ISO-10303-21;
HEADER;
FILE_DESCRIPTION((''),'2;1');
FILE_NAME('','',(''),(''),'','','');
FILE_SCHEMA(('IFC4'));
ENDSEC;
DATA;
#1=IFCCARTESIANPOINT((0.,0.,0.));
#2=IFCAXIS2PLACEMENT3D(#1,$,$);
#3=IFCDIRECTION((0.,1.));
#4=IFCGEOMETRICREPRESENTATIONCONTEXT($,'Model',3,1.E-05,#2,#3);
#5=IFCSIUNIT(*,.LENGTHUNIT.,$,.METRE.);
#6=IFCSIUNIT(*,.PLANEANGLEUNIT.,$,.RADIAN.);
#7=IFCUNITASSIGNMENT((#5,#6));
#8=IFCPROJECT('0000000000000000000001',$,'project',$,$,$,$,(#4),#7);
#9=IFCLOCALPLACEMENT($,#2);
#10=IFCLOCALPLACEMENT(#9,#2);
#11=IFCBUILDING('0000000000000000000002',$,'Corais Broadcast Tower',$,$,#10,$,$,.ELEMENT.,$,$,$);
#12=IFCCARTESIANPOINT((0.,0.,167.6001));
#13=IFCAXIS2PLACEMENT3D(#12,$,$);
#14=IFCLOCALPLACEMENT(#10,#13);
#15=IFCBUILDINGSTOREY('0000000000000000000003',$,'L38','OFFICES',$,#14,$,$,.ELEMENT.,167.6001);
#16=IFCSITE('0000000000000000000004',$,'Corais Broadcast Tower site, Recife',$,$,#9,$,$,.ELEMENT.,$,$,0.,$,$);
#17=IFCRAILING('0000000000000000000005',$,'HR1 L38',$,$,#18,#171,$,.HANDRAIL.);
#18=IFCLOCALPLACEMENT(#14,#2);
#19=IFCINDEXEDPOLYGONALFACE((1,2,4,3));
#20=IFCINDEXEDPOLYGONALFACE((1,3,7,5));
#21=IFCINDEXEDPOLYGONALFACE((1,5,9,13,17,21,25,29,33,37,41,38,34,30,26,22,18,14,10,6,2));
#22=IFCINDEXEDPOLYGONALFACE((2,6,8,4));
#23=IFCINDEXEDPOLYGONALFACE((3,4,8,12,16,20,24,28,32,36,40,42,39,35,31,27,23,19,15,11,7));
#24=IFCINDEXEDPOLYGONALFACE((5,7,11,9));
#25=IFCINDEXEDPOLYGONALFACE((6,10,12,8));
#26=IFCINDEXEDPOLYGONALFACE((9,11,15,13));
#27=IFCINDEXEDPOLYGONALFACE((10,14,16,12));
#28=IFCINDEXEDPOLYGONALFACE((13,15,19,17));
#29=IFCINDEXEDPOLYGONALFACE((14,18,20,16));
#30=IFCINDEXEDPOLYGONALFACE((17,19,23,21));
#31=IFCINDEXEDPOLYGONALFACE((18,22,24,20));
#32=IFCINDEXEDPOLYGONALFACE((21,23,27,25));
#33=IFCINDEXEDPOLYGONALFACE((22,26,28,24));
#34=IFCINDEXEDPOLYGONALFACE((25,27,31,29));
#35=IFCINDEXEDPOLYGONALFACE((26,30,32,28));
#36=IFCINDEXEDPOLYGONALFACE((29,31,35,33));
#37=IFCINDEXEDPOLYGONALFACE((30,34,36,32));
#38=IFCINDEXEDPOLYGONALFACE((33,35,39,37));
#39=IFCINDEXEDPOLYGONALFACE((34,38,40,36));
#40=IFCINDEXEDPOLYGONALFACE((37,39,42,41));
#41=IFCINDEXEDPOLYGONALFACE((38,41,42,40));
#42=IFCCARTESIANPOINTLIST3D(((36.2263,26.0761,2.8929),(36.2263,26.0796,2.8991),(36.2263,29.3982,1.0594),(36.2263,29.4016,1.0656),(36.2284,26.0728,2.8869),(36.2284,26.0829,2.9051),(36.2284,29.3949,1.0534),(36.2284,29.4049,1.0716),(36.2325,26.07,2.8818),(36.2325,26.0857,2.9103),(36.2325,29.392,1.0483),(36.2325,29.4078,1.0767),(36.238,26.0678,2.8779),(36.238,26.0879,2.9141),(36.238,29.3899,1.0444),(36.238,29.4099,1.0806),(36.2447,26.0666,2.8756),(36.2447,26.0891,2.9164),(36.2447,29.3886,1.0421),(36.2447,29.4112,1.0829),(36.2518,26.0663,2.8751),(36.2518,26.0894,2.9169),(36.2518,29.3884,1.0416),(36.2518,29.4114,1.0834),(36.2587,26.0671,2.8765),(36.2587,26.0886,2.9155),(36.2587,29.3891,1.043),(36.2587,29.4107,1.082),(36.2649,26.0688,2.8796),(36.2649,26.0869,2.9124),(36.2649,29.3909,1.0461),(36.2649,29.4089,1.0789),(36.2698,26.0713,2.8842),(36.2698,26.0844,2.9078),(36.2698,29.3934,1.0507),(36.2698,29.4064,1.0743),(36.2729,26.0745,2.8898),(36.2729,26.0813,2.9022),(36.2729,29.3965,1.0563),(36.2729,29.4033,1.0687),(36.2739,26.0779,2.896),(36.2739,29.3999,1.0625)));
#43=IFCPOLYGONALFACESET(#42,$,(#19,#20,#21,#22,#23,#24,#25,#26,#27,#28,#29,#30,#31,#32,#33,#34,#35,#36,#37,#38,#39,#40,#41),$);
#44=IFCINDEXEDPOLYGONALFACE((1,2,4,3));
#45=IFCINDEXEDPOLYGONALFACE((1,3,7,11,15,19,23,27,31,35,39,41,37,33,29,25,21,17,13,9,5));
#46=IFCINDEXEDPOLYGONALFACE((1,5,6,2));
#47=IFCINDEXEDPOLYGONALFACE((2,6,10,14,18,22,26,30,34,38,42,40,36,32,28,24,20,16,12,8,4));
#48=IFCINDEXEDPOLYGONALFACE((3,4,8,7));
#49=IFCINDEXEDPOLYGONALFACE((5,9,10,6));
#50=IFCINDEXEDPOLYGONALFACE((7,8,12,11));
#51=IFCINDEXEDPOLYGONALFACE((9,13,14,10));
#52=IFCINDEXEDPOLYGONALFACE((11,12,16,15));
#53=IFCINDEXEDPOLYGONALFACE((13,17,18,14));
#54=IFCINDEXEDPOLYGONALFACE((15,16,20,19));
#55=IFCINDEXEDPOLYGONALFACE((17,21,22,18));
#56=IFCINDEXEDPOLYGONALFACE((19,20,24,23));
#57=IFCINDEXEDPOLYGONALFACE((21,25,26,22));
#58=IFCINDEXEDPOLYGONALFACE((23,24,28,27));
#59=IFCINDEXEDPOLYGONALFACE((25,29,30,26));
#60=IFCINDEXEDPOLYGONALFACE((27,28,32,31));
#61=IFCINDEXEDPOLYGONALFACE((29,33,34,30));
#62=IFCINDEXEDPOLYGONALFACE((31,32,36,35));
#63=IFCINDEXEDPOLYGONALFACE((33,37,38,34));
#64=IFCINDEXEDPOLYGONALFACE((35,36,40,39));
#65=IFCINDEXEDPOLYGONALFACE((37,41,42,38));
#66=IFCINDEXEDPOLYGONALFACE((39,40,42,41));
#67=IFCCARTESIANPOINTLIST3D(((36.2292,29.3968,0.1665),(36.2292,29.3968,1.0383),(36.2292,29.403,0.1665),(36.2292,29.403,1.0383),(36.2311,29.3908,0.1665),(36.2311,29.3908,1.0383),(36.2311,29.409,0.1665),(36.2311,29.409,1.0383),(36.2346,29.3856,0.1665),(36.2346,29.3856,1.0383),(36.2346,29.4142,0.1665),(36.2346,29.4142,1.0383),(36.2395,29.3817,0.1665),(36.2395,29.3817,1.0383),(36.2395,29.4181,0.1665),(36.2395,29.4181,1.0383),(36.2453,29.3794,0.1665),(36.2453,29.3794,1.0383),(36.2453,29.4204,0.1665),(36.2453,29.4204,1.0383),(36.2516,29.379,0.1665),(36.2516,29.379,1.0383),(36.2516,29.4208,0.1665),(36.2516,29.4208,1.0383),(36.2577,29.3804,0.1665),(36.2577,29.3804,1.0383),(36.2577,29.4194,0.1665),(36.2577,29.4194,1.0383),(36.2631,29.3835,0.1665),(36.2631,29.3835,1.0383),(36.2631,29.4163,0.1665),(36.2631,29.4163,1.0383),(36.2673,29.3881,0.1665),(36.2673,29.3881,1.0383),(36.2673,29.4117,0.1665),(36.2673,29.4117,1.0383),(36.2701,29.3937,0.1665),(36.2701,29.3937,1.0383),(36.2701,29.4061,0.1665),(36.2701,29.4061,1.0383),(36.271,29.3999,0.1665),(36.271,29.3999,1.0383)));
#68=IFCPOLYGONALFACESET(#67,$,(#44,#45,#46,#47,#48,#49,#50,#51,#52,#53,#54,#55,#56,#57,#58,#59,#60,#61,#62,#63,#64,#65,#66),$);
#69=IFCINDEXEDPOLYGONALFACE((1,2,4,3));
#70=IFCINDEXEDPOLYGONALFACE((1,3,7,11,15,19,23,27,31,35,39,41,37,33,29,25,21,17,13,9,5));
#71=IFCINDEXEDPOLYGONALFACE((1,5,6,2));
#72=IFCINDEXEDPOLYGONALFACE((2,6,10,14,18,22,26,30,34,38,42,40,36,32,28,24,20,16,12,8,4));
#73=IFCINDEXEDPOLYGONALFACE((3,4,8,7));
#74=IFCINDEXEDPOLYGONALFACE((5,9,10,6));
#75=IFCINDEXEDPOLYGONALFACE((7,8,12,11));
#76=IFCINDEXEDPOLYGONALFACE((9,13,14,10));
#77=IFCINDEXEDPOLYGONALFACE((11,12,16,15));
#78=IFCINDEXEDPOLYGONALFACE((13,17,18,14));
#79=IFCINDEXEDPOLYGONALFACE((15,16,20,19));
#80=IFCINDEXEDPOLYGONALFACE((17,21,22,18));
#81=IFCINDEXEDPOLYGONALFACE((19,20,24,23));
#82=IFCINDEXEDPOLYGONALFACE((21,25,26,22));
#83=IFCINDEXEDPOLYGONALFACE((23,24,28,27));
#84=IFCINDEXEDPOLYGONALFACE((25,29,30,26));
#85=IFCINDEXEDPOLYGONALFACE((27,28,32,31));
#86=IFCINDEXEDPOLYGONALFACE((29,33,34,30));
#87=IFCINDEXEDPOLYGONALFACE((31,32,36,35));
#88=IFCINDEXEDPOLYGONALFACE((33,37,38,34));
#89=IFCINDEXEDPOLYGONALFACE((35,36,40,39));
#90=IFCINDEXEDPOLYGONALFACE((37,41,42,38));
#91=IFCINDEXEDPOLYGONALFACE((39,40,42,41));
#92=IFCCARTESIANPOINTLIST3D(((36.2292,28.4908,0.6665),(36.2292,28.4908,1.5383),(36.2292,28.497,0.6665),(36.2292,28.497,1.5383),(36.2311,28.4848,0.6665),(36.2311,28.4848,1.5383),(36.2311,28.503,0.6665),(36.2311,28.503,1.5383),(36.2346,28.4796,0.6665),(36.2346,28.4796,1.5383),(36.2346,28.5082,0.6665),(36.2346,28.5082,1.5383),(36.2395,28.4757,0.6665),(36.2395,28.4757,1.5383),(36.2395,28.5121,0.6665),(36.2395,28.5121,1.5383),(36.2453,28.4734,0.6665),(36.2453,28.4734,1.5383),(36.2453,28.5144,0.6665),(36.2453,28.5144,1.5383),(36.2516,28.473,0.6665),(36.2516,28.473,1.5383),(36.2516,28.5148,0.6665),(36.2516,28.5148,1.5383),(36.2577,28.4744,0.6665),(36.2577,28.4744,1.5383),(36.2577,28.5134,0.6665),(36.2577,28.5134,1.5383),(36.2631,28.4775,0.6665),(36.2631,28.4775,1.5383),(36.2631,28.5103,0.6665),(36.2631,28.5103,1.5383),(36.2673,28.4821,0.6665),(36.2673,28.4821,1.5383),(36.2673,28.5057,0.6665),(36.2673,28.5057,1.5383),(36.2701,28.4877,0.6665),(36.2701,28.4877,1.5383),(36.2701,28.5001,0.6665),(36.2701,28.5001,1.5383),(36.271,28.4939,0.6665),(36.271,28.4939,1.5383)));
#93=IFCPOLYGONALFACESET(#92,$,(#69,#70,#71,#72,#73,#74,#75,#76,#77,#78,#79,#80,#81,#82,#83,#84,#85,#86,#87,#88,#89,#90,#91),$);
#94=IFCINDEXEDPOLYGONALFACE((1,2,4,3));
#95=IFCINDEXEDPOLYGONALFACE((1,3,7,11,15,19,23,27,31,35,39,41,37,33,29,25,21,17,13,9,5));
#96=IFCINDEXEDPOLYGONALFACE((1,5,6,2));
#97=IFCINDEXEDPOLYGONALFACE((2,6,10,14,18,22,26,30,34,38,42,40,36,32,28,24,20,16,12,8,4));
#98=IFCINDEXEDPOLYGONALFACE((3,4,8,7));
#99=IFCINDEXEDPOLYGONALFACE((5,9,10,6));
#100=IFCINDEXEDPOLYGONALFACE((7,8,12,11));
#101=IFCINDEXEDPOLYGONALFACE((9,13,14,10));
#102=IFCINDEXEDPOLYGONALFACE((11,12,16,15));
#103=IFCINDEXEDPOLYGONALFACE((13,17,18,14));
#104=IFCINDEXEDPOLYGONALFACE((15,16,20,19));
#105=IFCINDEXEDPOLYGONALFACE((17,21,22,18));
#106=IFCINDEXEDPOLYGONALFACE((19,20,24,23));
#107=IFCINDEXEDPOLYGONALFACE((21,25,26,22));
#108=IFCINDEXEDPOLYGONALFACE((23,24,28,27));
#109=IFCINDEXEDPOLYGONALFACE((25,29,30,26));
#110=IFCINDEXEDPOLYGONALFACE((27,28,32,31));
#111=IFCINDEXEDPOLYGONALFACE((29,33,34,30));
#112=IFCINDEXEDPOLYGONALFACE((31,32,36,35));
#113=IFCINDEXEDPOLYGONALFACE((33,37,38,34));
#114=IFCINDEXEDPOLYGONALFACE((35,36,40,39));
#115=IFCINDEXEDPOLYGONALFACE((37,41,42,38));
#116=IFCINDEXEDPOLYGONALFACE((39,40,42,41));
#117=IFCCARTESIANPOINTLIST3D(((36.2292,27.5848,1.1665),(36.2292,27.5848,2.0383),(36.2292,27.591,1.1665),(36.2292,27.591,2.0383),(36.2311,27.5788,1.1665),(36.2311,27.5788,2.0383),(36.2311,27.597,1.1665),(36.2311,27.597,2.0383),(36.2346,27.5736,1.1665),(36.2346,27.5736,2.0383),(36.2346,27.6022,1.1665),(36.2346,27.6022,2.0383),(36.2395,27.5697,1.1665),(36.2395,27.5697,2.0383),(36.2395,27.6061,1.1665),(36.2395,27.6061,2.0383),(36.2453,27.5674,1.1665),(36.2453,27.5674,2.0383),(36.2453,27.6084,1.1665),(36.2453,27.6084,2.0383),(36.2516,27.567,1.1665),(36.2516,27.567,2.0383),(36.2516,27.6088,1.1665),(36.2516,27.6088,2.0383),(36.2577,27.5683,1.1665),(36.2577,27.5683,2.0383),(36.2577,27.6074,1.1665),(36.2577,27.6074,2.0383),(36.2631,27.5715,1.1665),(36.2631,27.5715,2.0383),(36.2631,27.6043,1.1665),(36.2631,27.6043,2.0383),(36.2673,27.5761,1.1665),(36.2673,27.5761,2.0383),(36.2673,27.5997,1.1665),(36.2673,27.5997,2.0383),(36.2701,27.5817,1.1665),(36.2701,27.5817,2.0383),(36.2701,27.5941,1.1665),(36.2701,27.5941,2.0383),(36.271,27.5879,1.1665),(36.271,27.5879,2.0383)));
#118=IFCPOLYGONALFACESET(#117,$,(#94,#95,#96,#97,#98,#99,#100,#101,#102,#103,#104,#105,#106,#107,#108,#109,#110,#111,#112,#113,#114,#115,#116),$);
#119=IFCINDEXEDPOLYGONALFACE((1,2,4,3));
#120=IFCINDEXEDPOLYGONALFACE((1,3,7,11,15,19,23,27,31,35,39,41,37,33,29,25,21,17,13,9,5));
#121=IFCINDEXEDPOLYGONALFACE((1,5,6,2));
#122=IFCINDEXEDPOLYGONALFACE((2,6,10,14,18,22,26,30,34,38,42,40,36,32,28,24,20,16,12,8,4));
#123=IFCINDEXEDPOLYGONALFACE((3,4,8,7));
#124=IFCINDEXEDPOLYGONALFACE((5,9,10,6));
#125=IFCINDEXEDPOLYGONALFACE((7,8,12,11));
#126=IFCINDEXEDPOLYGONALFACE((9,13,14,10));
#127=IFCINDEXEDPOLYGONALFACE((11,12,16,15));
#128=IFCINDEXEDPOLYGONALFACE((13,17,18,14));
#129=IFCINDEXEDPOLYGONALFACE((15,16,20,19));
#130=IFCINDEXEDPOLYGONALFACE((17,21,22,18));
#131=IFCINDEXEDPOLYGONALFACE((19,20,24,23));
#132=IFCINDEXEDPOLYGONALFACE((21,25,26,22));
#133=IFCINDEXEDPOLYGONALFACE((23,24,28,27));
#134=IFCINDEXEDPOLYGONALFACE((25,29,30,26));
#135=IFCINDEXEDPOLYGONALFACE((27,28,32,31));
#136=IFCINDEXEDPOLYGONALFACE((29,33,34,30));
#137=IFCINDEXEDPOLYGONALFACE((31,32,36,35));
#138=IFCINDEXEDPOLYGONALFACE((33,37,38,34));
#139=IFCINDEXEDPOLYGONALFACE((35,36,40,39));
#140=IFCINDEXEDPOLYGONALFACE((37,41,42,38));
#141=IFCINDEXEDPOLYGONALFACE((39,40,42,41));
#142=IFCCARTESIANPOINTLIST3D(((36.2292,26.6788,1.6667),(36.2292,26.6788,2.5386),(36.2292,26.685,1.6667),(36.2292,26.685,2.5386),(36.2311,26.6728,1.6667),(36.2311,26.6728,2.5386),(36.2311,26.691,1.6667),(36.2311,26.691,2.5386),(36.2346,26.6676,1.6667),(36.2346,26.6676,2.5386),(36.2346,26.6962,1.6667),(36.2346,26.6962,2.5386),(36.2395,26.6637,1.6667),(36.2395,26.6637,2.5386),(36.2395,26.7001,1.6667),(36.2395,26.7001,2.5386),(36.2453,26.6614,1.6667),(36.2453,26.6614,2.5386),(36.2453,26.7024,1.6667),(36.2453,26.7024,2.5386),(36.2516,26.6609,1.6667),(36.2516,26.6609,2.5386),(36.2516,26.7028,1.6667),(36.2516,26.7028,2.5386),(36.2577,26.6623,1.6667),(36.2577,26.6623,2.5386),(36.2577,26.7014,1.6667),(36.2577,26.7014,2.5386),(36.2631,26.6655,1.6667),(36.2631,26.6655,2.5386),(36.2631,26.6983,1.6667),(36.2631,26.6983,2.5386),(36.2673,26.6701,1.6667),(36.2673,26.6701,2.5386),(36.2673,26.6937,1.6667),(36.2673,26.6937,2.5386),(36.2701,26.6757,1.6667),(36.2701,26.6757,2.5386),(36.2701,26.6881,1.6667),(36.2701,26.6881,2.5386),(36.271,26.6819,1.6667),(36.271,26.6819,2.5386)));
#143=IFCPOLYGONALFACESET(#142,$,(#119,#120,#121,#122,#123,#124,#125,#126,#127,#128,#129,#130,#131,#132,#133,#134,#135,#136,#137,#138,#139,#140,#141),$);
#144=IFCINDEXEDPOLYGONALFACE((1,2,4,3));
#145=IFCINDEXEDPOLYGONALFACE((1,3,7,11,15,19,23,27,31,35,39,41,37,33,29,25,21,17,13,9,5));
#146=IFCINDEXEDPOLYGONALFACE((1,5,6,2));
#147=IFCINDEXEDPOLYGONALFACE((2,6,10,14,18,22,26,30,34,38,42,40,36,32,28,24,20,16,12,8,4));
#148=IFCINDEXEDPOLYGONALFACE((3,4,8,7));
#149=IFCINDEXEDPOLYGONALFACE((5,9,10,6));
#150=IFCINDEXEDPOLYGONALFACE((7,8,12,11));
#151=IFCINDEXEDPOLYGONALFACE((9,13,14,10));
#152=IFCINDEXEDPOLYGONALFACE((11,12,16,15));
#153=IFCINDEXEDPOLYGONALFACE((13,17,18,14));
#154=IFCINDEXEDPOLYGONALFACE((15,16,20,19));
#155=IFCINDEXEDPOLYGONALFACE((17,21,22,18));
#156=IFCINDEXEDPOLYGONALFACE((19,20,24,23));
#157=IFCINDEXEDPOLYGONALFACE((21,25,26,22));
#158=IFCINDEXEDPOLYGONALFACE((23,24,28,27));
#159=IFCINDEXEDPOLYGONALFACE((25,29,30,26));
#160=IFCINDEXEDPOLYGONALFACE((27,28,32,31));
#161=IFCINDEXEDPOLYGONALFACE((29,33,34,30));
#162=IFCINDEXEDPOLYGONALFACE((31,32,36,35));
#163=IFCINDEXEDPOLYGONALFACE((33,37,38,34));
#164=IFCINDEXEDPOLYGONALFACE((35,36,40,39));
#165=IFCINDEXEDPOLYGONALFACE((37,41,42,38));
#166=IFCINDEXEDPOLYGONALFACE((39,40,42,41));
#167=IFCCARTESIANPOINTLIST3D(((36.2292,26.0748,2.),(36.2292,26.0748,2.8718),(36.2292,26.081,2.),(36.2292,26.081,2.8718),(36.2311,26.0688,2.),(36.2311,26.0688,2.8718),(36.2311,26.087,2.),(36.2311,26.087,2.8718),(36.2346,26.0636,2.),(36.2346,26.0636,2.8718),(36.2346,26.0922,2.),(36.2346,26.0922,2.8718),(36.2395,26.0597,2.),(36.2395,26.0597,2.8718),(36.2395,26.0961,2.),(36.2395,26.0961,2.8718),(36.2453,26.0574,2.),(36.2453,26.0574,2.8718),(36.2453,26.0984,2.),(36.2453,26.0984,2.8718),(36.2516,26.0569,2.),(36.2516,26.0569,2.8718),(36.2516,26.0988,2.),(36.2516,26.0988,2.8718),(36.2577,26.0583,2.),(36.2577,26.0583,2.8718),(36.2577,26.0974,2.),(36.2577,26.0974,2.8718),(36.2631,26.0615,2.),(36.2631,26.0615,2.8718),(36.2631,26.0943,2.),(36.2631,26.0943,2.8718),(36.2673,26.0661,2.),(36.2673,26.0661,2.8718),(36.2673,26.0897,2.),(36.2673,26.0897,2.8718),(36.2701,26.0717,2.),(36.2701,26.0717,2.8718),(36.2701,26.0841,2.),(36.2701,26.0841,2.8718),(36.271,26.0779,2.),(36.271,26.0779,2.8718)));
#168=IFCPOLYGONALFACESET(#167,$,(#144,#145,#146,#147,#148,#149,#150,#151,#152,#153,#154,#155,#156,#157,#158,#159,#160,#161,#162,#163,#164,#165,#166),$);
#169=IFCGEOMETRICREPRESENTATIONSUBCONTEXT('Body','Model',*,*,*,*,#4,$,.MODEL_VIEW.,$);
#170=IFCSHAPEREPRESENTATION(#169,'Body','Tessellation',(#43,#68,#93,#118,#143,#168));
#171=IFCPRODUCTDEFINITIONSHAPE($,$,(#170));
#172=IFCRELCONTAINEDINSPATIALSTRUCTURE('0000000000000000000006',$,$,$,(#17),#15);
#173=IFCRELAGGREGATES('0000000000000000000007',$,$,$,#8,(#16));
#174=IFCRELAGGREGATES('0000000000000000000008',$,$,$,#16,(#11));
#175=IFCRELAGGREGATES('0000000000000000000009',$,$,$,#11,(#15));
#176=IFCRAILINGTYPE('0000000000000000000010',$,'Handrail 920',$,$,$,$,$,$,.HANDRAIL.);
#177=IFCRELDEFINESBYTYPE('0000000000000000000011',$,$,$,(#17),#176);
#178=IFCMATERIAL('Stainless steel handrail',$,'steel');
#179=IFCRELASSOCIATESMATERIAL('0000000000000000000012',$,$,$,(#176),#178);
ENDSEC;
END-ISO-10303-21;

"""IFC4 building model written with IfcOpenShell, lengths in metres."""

from ifc_helpers import new_model, si_unit, direction, frame, origin, origin_2d, place, context, subcontext, project, spatial, circle, extrude, material, type_object, element, save


model = new_model("IFC4")

# Units and contexts
model_context = context("Model", 3, precision=1e-05, world=origin(), true_north=direction((0.0, 1.0)))
body_context = subcontext(model_context, "Body", "Model", "MODEL_VIEW")
ifc_project = project(units=[si_unit("LENGTHUNIT", "METRE"), si_unit("PLANEANGLEUNIT", "RADIAN")], contexts=[model_context])

# Site, building, storey
site_placement = place(None, origin())
site = spatial("IfcSite", under=ifc_project, at=site_placement, Name="Corais Broadcast Tower site, Recife", CompositionType="ELEMENT", RefElevation=0.0)
building_placement = place(site_placement, origin())
building = spatial("IfcBuilding", under=site, at=building_placement, Name="Corais Broadcast Tower", CompositionType="ELEMENT")
storey_placement = place(building_placement, frame((0.0, 0.0, 167.6001)))
storey = spatial("IfcBuildingStorey", under=building, at=storey_placement, Name="L38", Description="OFFICES", CompositionType="ELEMENT", Elevation=167.6001)

# Railing
ifc_material_1 = material(Name="Stainless steel handrail", Category="steel")
railing_type = type_object("IfcRailingType", Name="Handrail 920", PredefinedType="HANDRAIL", material=ifc_material_1)
for number, where, name in (
    (1, (36.25, 29.3999, 0.1665), "HR1 L38"),
):
    element("IfcRailing", number, at=place(storey_placement, frame(where)), inside=storey, type_object=railing_type, Name=name, PredefinedType="HANDRAIL", context=body_context, shape_type="SweptSolid", body=[
        extrude(circle(Radius=0.0239, at=origin_2d()), frame((0.0, 0.0, 0.896), z_axis=(0.0, -0.875504, 0.48321), x_axis=(1.0, 0.0, 0.0)), (0.0, 0.0, 1.0), 3.7944),
        extrude(circle(Radius=0.021, at=origin_2d()), origin(), (0.0, 0.0, 1.0), 0.8718),
        extrude(circle(Radius=0.021, at=origin_2d()), frame((0.0, -0.906, 0.5)), (0.0, 0.0, 1.0), 0.8718),
        extrude(circle(Radius=0.021, at=origin_2d()), frame((0.0, -1.812, 1.0)), (0.0, 0.0, 1.0), 0.8718),
        extrude(circle(Radius=0.021, at=origin_2d()), frame((0.0, -2.718, 1.5002)), (0.0, 0.0, 1.0), 0.8718),
        extrude(circle(Radius=0.021, at=origin_2d()), frame((0.0, -3.322, 1.8335)), (0.0, 0.0, 1.0), 0.8718),
    ])

save(model, "model.ifc")
